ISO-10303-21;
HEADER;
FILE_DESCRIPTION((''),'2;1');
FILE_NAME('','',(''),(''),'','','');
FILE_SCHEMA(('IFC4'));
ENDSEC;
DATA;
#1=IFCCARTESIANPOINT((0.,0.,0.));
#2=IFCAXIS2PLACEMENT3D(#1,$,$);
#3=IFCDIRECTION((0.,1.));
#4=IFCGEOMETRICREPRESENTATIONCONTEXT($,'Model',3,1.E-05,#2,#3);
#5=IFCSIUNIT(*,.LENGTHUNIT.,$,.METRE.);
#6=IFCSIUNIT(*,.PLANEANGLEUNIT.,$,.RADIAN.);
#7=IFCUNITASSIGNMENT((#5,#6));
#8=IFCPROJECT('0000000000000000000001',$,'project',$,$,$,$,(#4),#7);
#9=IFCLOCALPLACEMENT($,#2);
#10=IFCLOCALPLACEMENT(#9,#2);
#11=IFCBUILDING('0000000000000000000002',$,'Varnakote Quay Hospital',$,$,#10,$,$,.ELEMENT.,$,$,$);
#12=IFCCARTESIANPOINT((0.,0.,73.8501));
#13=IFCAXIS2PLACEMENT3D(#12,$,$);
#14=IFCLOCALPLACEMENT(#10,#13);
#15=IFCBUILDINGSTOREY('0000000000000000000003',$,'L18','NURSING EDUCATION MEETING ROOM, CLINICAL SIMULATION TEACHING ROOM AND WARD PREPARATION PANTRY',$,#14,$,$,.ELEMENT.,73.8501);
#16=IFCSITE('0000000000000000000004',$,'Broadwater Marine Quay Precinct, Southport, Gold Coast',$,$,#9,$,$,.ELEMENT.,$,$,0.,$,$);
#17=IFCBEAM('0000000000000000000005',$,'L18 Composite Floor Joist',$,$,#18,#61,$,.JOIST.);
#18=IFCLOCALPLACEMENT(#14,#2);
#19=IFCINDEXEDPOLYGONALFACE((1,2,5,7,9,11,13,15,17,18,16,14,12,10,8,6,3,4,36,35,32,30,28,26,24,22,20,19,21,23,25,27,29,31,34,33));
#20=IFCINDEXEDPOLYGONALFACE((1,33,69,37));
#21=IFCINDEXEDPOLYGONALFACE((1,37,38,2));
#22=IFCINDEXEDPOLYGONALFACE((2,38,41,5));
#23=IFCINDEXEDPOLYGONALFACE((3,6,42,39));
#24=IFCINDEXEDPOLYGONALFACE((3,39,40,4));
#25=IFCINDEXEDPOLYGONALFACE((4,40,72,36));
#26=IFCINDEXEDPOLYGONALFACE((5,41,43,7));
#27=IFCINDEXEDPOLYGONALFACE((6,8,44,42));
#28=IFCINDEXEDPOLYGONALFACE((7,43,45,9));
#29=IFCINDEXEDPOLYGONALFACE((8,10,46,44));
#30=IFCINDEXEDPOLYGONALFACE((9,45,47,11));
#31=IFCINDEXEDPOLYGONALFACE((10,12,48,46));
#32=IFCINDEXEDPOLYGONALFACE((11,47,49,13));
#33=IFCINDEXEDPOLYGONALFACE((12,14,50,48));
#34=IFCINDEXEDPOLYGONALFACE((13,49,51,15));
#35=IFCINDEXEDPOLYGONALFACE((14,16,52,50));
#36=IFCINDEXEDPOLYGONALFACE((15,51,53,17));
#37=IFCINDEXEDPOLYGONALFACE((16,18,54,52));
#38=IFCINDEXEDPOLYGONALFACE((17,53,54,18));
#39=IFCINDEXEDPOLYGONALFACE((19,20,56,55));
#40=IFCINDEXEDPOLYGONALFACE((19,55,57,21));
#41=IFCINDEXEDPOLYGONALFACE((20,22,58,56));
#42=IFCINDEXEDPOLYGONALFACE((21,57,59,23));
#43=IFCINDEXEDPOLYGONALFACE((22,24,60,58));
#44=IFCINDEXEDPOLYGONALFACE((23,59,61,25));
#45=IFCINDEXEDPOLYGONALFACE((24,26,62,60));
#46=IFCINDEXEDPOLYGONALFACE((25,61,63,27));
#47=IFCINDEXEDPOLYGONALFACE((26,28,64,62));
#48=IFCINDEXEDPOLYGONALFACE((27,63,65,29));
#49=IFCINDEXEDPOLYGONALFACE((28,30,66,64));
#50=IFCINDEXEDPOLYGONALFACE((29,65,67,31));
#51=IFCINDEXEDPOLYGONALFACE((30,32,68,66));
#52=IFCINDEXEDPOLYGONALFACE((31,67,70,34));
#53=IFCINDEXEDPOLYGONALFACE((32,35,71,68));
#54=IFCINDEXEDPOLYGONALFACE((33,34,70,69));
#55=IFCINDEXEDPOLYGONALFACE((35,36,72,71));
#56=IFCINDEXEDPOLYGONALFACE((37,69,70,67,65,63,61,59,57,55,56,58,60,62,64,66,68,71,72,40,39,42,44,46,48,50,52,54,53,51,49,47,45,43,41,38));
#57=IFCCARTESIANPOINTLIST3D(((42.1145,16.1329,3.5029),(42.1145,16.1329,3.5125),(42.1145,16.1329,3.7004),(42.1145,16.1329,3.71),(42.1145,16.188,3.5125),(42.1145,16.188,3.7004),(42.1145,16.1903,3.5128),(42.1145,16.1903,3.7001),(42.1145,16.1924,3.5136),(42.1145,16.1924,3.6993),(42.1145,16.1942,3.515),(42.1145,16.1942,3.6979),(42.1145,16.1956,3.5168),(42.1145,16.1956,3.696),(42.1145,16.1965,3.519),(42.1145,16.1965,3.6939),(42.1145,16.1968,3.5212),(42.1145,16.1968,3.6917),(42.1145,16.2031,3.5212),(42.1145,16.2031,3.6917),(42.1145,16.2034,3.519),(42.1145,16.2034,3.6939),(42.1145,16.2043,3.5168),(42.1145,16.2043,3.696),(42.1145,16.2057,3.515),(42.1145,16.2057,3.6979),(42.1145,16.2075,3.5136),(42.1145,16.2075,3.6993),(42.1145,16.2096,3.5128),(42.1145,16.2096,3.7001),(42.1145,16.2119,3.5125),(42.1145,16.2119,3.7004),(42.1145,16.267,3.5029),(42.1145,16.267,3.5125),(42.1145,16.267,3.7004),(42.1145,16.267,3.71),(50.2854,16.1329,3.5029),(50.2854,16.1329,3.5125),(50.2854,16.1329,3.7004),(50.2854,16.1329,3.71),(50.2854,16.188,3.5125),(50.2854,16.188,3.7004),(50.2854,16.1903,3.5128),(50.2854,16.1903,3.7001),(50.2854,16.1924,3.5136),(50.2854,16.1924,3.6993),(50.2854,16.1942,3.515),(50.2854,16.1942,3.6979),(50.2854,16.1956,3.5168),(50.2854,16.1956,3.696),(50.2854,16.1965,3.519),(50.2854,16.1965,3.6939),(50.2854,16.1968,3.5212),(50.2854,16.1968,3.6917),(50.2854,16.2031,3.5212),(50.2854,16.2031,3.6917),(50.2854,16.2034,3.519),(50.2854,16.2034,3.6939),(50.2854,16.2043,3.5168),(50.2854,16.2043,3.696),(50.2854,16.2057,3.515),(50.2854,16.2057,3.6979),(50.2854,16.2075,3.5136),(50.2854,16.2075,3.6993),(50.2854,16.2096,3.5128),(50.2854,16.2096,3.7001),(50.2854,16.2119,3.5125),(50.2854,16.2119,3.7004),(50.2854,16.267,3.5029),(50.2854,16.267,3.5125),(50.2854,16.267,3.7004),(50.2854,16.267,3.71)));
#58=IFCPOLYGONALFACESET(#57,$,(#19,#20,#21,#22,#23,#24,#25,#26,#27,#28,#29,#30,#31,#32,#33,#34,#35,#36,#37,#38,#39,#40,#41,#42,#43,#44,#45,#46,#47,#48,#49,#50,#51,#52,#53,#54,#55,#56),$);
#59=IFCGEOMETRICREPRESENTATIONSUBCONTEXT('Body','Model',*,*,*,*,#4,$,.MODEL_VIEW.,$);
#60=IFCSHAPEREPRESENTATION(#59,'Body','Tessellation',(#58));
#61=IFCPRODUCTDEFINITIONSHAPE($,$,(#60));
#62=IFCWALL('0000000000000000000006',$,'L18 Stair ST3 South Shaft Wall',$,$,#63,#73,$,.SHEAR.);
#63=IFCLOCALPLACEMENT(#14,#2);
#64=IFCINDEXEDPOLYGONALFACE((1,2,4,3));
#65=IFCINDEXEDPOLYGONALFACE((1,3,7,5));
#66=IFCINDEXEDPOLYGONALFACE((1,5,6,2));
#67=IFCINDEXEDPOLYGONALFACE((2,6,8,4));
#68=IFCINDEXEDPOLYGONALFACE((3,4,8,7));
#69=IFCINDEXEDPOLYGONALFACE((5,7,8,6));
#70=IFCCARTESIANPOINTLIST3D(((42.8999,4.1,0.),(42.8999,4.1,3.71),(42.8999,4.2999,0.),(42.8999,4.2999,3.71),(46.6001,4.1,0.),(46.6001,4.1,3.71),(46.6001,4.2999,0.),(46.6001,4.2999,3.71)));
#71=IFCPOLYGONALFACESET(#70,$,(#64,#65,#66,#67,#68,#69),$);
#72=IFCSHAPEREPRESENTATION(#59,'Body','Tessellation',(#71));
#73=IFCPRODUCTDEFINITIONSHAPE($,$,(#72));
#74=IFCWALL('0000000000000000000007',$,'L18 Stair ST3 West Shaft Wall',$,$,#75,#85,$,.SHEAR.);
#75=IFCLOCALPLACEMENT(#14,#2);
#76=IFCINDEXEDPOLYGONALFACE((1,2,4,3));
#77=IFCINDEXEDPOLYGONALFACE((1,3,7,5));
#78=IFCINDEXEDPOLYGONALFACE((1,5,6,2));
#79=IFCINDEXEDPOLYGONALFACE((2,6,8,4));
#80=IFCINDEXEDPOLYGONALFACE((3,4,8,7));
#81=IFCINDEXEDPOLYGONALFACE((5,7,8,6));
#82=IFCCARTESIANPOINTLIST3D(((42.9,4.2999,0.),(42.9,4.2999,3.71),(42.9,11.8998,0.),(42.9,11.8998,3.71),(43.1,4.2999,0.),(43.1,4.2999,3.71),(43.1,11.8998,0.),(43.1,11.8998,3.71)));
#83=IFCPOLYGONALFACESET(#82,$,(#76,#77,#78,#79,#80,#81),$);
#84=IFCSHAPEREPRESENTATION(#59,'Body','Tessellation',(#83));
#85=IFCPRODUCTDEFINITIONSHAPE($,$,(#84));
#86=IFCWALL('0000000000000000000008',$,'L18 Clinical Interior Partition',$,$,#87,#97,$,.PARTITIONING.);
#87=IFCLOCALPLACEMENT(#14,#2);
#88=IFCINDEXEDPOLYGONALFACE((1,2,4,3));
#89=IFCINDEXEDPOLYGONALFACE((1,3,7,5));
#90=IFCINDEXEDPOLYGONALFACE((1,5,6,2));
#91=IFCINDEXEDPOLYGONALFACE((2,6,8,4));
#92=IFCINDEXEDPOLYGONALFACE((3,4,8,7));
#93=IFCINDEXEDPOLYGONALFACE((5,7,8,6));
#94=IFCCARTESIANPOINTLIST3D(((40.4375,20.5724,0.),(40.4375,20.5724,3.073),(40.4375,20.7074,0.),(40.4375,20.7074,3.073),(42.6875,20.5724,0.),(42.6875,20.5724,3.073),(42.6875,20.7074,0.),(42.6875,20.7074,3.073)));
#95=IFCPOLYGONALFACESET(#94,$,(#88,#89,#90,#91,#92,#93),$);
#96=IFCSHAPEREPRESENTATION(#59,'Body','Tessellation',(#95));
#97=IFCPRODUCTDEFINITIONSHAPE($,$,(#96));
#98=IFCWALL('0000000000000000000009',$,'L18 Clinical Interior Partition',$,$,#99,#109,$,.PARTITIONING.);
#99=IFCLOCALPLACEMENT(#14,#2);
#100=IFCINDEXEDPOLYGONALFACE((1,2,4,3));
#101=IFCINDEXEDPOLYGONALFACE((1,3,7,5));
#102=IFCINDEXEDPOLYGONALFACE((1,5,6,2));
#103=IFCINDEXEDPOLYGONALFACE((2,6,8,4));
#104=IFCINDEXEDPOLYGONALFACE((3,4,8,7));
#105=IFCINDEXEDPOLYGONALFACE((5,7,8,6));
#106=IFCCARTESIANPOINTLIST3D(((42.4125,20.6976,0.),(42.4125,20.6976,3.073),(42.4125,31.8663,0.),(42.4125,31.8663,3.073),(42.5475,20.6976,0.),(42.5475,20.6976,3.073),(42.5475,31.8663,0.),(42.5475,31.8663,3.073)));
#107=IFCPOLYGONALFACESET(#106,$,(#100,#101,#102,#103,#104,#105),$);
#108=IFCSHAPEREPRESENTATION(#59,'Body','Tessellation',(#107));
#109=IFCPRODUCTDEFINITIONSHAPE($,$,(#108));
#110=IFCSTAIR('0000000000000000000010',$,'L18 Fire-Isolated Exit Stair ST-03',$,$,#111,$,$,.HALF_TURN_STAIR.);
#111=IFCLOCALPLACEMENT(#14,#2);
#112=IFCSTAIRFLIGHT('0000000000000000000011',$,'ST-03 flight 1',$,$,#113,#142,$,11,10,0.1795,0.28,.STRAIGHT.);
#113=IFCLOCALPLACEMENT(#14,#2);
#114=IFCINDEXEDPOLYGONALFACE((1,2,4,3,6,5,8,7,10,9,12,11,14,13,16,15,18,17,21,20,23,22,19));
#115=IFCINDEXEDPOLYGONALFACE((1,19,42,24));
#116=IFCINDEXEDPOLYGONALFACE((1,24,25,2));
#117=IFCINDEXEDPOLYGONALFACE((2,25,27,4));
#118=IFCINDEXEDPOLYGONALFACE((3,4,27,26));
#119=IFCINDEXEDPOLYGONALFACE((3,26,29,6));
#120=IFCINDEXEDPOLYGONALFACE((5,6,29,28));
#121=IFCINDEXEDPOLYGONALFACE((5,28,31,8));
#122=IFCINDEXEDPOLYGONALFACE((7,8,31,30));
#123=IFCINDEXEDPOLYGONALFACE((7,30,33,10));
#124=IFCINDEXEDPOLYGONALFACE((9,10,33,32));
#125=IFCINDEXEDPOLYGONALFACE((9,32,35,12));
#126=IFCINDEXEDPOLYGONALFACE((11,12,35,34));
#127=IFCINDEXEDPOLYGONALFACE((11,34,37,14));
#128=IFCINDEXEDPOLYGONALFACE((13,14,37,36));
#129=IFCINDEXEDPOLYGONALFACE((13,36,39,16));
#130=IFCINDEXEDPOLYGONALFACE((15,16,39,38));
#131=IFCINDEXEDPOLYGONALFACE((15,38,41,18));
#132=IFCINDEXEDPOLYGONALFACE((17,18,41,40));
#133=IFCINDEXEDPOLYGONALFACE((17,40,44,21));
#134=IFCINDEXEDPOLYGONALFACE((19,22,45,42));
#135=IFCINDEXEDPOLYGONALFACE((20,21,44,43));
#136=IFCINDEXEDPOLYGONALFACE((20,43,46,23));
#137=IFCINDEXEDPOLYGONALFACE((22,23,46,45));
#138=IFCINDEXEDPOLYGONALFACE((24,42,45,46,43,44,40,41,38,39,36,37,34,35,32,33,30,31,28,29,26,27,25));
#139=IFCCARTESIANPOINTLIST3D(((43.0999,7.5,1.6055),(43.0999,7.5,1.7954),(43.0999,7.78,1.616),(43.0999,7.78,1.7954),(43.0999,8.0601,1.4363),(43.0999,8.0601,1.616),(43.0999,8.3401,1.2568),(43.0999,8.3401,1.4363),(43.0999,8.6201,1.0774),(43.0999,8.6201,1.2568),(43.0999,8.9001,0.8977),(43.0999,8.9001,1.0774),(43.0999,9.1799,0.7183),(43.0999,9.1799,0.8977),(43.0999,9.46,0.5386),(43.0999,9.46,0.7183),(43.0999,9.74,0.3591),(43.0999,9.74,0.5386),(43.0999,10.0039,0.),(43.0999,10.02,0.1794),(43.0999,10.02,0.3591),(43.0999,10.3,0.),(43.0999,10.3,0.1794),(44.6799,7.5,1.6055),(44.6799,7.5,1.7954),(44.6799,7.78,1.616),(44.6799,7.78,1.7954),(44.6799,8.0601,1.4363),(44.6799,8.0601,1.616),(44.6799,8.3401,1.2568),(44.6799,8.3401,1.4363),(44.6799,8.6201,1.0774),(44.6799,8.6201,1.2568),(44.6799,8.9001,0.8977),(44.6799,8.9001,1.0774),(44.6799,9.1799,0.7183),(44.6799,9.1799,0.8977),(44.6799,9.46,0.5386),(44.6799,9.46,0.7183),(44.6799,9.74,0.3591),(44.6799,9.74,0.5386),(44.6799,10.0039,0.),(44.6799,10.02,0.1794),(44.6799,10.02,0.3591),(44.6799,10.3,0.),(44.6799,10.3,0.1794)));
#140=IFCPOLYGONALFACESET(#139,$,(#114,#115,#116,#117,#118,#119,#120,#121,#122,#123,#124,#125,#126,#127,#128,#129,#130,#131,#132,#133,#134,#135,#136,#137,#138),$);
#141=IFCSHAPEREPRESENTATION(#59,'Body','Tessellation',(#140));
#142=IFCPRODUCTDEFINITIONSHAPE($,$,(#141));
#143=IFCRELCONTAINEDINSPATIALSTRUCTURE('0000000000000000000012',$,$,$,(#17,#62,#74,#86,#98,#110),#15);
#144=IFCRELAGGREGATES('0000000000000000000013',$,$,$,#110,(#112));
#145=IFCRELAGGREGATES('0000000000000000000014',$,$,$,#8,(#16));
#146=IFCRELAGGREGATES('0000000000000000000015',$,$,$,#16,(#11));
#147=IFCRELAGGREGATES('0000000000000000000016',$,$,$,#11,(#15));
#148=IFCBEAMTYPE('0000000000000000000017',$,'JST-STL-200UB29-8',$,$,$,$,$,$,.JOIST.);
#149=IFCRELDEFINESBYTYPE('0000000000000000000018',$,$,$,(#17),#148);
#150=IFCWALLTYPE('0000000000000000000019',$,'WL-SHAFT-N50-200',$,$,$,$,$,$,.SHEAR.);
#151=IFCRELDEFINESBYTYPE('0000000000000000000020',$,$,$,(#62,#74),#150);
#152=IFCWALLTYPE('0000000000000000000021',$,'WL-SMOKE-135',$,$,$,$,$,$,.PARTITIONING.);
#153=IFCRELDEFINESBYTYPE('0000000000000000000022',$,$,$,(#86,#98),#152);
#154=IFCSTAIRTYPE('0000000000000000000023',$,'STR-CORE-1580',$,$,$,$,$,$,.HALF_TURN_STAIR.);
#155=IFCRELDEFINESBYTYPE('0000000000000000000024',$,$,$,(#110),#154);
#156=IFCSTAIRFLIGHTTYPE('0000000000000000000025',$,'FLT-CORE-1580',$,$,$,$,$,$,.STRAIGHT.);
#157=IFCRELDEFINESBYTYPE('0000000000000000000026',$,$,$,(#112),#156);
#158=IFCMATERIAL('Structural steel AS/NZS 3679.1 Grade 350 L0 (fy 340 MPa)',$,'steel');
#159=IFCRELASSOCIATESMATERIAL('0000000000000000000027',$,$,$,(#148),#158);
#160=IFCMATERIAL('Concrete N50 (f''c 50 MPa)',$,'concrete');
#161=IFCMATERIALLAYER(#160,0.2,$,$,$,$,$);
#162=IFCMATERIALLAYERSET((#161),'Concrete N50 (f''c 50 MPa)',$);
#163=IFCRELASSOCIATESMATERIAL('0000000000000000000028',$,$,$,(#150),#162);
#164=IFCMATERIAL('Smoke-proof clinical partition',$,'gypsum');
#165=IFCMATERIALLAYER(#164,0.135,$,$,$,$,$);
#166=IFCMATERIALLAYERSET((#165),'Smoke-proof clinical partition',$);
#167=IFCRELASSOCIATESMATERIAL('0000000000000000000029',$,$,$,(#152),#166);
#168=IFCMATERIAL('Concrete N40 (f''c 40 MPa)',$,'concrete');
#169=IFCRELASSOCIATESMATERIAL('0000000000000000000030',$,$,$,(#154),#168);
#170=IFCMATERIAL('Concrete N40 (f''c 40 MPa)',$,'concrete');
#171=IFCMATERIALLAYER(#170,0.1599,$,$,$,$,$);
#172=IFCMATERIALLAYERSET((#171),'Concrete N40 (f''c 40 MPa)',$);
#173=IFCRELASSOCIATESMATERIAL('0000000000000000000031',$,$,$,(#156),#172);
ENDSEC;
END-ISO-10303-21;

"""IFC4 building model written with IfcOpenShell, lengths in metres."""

from ifc_helpers import new_model, si_unit, direction, frame, frame_2d, origin, origin_2d, place, context, subcontext, project, spatial, polyline, rectangle, i_section, outline, extrude, material, layer, layer_set, material_profile, profile_set, type_object, element, aggregate, save


model = new_model("IFC4")

# Units and contexts
model_context = context("Model", 3, precision=1e-05, world=origin(), true_north=direction((0.0, 1.0)))
body_context = subcontext(model_context, "Body", "Model", "MODEL_VIEW")
ifc_project = project(units=[si_unit("LENGTHUNIT", "METRE"), si_unit("PLANEANGLEUNIT", "RADIAN")], contexts=[model_context])

# Site, building, storey
site_placement = place(None, origin())
site = spatial("IfcSite", under=ifc_project, at=site_placement, Name="Broadwater Marine Quay Precinct, Southport, Gold Coast", CompositionType="ELEMENT", RefElevation=0.0)
building_placement = place(site_placement, origin())
building = spatial("IfcBuilding", under=site, at=building_placement, Name="Varnakote Quay Hospital", CompositionType="ELEMENT")
storey_placement = place(building_placement, frame((0.0, 0.0, 73.8501)))
storey = spatial("IfcBuildingStorey", under=building, at=storey_placement, Name="L18", Description="NURSING EDUCATION MEETING ROOM, CLINICAL SIMULATION TEACHING ROOM AND WARD PREPARATION PANTRY", CompositionType="ELEMENT", Elevation=73.8501)

# Beam
ifc_material_1 = material(Name="Structural steel AS/NZS 3679.1 Grade 350 L0 (fy 340 MPa)", Category="steel")
ifc_material_profile_1 = material_profile(ifc_material_1, i_section(OverallWidth=0.134, OverallDepth=0.207, WebThickness=0.0063, FlangeThickness=0.0095, FilletRadius=0.0088, at=origin_2d()), Name="200UB29.8")
ifc_profile_set_1 = profile_set([ifc_material_profile_1], Name="Structural steel AS/NZS 3679.1 Grade 350 L0 (fy 340 MPa)")
beam_type_1 = type_object("IfcBeamType", Name="JST-STL-200UB29-8", PredefinedType="JOIST", material=ifc_profile_set_1)
beam_1_placement = place(storey_placement, frame((42.1145, 16.2, 3.6064), z_axis=(1.0, 0.0, 0.0), x_axis=(0.0, 1.0, 0.0)))
element("IfcBeam", 1, at=beam_1_placement, inside=storey, type_object=beam_type_1, Name="L18 Composite Floor Joist", PredefinedType="JOIST", context=body_context, shape_type="SweptSolid", body=[
    extrude(i_section(OverallWidth=0.134, OverallDepth=0.207, WebThickness=0.0063, FlangeThickness=0.0095, FilletRadius=0.0088, at=origin_2d()), origin(), (0.0, 0.0, 1.0), 8.1709),
])

# Walls
ifc_material_2 = material(Name="Concrete N50 (f'c 50 MPa)", Category="concrete")
ifc_layer_1 = layer(ifc_material_2, 0.2)
ifc_layer_set_1 = layer_set([ifc_layer_1], Name="Concrete N50 (f'c 50 MPa)")
wall_type_1 = type_object("IfcWallType", Name="WL-SHAFT-N50-200", PredefinedType="SHEAR", material=ifc_layer_set_1)
wall_1_placement = place(storey_placement, frame((42.8999, 4.2, 0.0), z_axis=(0.0, 0.0, 1.0), x_axis=(1.0, 0.0, 0.0)))
element("IfcWall", 2, at=wall_1_placement, inside=storey, type_object=wall_type_1, Name="L18 Stair ST3 South Shaft Wall", PredefinedType="SHEAR", context=body_context, shape_type="SweptSolid", body=[
    extrude(rectangle(XDim=3.7002, YDim=0.2, at=frame_2d((1.8501, 0.0))), origin(), (0.0, 0.0, 1.0), 3.71),
])
wall_2_placement = place(storey_placement, frame((43.0, 4.3, 0.0), z_axis=(0.0, 0.0, 1.0), x_axis=(0.0, 1.0, 0.0)))
element("IfcWall", 3, at=wall_2_placement, inside=storey, type_object=wall_type_1, Name="L18 Stair ST3 West Shaft Wall", PredefinedType="SHEAR", context=body_context, shape_type="SweptSolid", body=[
    extrude(rectangle(XDim=7.5999, YDim=0.2, at=frame_2d((3.7998, 0.0))), origin(), (0.0, 0.0, 1.0), 3.71),
])

# Walls
ifc_material_3 = material(Name="Smoke-proof clinical partition", Category="gypsum")
ifc_layer_2 = layer(ifc_material_3, 0.135)
ifc_layer_set_2 = layer_set([ifc_layer_2], Name="Smoke-proof clinical partition")
wall_type_2 = type_object("IfcWallType", Name="WL-SMOKE-135", PredefinedType="PARTITIONING", material=ifc_layer_set_2)
wall_3_placement = place(storey_placement, frame((42.6875, 20.6399, 0.0), z_axis=(0.0, 0.0, 1.0), x_axis=(-1.0, 0.0, 0.0)))
element("IfcWall", 4, at=wall_3_placement, inside=storey, type_object=wall_type_2, Name="L18 Clinical Interior Partition", PredefinedType="PARTITIONING", context=body_context, shape_type="SweptSolid", body=[
    extrude(rectangle(XDim=2.25, YDim=0.135, at=frame_2d((1.125, 0.0))), origin(), (0.0, 0.0, 1.0), 3.073),
])
wall_4_placement = place(storey_placement, frame((42.48, 20.6975, 0.0), z_axis=(0.0, 0.0, 1.0), x_axis=(0.0, 1.0, 0.0)))
element("IfcWall", 5, at=wall_4_placement, inside=storey, type_object=wall_type_2, Name="L18 Clinical Interior Partition", PredefinedType="PARTITIONING", context=body_context, shape_type="SweptSolid", body=[
    extrude(rectangle(XDim=11.1687, YDim=0.135, at=frame_2d((5.5845, 0.0))), origin(), (0.0, 0.0, 1.0), 3.073),
])

# Stair, stair flight
ifc_material_4 = material(Name="Concrete N40 (f'c 40 MPa)", Category="concrete")
stair_type = type_object("IfcStairType", Name="STR-CORE-1580", PredefinedType="HALF_TURN_STAIR", material=ifc_material_4)
stair_placement = place(storey_placement, origin())
stair = element("IfcStair", 6, at=stair_placement, inside=storey, type_object=stair_type, Name="L18 Fire-Isolated Exit Stair ST-03", PredefinedType="HALF_TURN_STAIR")
ifc_material_5 = material(Name="Concrete N40 (f'c 40 MPa)", Category="concrete")
ifc_layer_3 = layer(ifc_material_5, 0.1599)
ifc_layer_set_3 = layer_set([ifc_layer_3], Name="Concrete N40 (f'c 40 MPa)")
stair_flight_type = type_object("IfcStairFlightType", Name="FLT-CORE-1580", PredefinedType="STRAIGHT", material=ifc_layer_set_3)
stair_flight_placement = place(storey_placement, frame((43.8899, 10.3, 0.0), z_axis=(0.0, 0.0, 1.0), x_axis=(0.0, -1.0, 0.0)))
stair_flight = element("IfcStairFlight", 7, at=stair_flight_placement, type_object=stair_flight_type, Name="ST-03 flight 1", NumberOfRisers=11, NumberOfTreads=10, PredefinedType="STRAIGHT", RiserHeight=0.1795, TreadLength=0.28, context=body_context, shape_type="SweptSolid", body=[
    extrude(outline(polyline([(0.0, 0.0), (0.0, 0.1794), (0.28, 0.1794), (0.28, 0.3591), (0.5601, 0.3591), (0.5601, 0.5386), (0.8401, 0.5386), (0.8401, 0.7183), (1.1201, 0.7183), (1.1201, 0.8977), (1.3999, 0.8977), (1.3999, 1.0774), (1.6799, 1.0774), (1.6799, 1.2568), (1.96, 1.2568), (1.96, 1.4363), (2.24, 1.4363), (2.24, 1.616), (2.52, 1.616), (2.52, 1.7954), (2.8, 1.7954), (2.8, 1.9751), (2.8, 1.6055), (0.2961, 0.0), (0.0, 0.0)])), frame((0.0, 0.79, 0.0), z_axis=(0.0, -1.0, 0.0), x_axis=(1.0, 0.0, 0.0)), (0.0, 0.0, 1.0), 1.5801),
])
aggregate(stair, [stair_flight])

save(model, "model.ifc")
